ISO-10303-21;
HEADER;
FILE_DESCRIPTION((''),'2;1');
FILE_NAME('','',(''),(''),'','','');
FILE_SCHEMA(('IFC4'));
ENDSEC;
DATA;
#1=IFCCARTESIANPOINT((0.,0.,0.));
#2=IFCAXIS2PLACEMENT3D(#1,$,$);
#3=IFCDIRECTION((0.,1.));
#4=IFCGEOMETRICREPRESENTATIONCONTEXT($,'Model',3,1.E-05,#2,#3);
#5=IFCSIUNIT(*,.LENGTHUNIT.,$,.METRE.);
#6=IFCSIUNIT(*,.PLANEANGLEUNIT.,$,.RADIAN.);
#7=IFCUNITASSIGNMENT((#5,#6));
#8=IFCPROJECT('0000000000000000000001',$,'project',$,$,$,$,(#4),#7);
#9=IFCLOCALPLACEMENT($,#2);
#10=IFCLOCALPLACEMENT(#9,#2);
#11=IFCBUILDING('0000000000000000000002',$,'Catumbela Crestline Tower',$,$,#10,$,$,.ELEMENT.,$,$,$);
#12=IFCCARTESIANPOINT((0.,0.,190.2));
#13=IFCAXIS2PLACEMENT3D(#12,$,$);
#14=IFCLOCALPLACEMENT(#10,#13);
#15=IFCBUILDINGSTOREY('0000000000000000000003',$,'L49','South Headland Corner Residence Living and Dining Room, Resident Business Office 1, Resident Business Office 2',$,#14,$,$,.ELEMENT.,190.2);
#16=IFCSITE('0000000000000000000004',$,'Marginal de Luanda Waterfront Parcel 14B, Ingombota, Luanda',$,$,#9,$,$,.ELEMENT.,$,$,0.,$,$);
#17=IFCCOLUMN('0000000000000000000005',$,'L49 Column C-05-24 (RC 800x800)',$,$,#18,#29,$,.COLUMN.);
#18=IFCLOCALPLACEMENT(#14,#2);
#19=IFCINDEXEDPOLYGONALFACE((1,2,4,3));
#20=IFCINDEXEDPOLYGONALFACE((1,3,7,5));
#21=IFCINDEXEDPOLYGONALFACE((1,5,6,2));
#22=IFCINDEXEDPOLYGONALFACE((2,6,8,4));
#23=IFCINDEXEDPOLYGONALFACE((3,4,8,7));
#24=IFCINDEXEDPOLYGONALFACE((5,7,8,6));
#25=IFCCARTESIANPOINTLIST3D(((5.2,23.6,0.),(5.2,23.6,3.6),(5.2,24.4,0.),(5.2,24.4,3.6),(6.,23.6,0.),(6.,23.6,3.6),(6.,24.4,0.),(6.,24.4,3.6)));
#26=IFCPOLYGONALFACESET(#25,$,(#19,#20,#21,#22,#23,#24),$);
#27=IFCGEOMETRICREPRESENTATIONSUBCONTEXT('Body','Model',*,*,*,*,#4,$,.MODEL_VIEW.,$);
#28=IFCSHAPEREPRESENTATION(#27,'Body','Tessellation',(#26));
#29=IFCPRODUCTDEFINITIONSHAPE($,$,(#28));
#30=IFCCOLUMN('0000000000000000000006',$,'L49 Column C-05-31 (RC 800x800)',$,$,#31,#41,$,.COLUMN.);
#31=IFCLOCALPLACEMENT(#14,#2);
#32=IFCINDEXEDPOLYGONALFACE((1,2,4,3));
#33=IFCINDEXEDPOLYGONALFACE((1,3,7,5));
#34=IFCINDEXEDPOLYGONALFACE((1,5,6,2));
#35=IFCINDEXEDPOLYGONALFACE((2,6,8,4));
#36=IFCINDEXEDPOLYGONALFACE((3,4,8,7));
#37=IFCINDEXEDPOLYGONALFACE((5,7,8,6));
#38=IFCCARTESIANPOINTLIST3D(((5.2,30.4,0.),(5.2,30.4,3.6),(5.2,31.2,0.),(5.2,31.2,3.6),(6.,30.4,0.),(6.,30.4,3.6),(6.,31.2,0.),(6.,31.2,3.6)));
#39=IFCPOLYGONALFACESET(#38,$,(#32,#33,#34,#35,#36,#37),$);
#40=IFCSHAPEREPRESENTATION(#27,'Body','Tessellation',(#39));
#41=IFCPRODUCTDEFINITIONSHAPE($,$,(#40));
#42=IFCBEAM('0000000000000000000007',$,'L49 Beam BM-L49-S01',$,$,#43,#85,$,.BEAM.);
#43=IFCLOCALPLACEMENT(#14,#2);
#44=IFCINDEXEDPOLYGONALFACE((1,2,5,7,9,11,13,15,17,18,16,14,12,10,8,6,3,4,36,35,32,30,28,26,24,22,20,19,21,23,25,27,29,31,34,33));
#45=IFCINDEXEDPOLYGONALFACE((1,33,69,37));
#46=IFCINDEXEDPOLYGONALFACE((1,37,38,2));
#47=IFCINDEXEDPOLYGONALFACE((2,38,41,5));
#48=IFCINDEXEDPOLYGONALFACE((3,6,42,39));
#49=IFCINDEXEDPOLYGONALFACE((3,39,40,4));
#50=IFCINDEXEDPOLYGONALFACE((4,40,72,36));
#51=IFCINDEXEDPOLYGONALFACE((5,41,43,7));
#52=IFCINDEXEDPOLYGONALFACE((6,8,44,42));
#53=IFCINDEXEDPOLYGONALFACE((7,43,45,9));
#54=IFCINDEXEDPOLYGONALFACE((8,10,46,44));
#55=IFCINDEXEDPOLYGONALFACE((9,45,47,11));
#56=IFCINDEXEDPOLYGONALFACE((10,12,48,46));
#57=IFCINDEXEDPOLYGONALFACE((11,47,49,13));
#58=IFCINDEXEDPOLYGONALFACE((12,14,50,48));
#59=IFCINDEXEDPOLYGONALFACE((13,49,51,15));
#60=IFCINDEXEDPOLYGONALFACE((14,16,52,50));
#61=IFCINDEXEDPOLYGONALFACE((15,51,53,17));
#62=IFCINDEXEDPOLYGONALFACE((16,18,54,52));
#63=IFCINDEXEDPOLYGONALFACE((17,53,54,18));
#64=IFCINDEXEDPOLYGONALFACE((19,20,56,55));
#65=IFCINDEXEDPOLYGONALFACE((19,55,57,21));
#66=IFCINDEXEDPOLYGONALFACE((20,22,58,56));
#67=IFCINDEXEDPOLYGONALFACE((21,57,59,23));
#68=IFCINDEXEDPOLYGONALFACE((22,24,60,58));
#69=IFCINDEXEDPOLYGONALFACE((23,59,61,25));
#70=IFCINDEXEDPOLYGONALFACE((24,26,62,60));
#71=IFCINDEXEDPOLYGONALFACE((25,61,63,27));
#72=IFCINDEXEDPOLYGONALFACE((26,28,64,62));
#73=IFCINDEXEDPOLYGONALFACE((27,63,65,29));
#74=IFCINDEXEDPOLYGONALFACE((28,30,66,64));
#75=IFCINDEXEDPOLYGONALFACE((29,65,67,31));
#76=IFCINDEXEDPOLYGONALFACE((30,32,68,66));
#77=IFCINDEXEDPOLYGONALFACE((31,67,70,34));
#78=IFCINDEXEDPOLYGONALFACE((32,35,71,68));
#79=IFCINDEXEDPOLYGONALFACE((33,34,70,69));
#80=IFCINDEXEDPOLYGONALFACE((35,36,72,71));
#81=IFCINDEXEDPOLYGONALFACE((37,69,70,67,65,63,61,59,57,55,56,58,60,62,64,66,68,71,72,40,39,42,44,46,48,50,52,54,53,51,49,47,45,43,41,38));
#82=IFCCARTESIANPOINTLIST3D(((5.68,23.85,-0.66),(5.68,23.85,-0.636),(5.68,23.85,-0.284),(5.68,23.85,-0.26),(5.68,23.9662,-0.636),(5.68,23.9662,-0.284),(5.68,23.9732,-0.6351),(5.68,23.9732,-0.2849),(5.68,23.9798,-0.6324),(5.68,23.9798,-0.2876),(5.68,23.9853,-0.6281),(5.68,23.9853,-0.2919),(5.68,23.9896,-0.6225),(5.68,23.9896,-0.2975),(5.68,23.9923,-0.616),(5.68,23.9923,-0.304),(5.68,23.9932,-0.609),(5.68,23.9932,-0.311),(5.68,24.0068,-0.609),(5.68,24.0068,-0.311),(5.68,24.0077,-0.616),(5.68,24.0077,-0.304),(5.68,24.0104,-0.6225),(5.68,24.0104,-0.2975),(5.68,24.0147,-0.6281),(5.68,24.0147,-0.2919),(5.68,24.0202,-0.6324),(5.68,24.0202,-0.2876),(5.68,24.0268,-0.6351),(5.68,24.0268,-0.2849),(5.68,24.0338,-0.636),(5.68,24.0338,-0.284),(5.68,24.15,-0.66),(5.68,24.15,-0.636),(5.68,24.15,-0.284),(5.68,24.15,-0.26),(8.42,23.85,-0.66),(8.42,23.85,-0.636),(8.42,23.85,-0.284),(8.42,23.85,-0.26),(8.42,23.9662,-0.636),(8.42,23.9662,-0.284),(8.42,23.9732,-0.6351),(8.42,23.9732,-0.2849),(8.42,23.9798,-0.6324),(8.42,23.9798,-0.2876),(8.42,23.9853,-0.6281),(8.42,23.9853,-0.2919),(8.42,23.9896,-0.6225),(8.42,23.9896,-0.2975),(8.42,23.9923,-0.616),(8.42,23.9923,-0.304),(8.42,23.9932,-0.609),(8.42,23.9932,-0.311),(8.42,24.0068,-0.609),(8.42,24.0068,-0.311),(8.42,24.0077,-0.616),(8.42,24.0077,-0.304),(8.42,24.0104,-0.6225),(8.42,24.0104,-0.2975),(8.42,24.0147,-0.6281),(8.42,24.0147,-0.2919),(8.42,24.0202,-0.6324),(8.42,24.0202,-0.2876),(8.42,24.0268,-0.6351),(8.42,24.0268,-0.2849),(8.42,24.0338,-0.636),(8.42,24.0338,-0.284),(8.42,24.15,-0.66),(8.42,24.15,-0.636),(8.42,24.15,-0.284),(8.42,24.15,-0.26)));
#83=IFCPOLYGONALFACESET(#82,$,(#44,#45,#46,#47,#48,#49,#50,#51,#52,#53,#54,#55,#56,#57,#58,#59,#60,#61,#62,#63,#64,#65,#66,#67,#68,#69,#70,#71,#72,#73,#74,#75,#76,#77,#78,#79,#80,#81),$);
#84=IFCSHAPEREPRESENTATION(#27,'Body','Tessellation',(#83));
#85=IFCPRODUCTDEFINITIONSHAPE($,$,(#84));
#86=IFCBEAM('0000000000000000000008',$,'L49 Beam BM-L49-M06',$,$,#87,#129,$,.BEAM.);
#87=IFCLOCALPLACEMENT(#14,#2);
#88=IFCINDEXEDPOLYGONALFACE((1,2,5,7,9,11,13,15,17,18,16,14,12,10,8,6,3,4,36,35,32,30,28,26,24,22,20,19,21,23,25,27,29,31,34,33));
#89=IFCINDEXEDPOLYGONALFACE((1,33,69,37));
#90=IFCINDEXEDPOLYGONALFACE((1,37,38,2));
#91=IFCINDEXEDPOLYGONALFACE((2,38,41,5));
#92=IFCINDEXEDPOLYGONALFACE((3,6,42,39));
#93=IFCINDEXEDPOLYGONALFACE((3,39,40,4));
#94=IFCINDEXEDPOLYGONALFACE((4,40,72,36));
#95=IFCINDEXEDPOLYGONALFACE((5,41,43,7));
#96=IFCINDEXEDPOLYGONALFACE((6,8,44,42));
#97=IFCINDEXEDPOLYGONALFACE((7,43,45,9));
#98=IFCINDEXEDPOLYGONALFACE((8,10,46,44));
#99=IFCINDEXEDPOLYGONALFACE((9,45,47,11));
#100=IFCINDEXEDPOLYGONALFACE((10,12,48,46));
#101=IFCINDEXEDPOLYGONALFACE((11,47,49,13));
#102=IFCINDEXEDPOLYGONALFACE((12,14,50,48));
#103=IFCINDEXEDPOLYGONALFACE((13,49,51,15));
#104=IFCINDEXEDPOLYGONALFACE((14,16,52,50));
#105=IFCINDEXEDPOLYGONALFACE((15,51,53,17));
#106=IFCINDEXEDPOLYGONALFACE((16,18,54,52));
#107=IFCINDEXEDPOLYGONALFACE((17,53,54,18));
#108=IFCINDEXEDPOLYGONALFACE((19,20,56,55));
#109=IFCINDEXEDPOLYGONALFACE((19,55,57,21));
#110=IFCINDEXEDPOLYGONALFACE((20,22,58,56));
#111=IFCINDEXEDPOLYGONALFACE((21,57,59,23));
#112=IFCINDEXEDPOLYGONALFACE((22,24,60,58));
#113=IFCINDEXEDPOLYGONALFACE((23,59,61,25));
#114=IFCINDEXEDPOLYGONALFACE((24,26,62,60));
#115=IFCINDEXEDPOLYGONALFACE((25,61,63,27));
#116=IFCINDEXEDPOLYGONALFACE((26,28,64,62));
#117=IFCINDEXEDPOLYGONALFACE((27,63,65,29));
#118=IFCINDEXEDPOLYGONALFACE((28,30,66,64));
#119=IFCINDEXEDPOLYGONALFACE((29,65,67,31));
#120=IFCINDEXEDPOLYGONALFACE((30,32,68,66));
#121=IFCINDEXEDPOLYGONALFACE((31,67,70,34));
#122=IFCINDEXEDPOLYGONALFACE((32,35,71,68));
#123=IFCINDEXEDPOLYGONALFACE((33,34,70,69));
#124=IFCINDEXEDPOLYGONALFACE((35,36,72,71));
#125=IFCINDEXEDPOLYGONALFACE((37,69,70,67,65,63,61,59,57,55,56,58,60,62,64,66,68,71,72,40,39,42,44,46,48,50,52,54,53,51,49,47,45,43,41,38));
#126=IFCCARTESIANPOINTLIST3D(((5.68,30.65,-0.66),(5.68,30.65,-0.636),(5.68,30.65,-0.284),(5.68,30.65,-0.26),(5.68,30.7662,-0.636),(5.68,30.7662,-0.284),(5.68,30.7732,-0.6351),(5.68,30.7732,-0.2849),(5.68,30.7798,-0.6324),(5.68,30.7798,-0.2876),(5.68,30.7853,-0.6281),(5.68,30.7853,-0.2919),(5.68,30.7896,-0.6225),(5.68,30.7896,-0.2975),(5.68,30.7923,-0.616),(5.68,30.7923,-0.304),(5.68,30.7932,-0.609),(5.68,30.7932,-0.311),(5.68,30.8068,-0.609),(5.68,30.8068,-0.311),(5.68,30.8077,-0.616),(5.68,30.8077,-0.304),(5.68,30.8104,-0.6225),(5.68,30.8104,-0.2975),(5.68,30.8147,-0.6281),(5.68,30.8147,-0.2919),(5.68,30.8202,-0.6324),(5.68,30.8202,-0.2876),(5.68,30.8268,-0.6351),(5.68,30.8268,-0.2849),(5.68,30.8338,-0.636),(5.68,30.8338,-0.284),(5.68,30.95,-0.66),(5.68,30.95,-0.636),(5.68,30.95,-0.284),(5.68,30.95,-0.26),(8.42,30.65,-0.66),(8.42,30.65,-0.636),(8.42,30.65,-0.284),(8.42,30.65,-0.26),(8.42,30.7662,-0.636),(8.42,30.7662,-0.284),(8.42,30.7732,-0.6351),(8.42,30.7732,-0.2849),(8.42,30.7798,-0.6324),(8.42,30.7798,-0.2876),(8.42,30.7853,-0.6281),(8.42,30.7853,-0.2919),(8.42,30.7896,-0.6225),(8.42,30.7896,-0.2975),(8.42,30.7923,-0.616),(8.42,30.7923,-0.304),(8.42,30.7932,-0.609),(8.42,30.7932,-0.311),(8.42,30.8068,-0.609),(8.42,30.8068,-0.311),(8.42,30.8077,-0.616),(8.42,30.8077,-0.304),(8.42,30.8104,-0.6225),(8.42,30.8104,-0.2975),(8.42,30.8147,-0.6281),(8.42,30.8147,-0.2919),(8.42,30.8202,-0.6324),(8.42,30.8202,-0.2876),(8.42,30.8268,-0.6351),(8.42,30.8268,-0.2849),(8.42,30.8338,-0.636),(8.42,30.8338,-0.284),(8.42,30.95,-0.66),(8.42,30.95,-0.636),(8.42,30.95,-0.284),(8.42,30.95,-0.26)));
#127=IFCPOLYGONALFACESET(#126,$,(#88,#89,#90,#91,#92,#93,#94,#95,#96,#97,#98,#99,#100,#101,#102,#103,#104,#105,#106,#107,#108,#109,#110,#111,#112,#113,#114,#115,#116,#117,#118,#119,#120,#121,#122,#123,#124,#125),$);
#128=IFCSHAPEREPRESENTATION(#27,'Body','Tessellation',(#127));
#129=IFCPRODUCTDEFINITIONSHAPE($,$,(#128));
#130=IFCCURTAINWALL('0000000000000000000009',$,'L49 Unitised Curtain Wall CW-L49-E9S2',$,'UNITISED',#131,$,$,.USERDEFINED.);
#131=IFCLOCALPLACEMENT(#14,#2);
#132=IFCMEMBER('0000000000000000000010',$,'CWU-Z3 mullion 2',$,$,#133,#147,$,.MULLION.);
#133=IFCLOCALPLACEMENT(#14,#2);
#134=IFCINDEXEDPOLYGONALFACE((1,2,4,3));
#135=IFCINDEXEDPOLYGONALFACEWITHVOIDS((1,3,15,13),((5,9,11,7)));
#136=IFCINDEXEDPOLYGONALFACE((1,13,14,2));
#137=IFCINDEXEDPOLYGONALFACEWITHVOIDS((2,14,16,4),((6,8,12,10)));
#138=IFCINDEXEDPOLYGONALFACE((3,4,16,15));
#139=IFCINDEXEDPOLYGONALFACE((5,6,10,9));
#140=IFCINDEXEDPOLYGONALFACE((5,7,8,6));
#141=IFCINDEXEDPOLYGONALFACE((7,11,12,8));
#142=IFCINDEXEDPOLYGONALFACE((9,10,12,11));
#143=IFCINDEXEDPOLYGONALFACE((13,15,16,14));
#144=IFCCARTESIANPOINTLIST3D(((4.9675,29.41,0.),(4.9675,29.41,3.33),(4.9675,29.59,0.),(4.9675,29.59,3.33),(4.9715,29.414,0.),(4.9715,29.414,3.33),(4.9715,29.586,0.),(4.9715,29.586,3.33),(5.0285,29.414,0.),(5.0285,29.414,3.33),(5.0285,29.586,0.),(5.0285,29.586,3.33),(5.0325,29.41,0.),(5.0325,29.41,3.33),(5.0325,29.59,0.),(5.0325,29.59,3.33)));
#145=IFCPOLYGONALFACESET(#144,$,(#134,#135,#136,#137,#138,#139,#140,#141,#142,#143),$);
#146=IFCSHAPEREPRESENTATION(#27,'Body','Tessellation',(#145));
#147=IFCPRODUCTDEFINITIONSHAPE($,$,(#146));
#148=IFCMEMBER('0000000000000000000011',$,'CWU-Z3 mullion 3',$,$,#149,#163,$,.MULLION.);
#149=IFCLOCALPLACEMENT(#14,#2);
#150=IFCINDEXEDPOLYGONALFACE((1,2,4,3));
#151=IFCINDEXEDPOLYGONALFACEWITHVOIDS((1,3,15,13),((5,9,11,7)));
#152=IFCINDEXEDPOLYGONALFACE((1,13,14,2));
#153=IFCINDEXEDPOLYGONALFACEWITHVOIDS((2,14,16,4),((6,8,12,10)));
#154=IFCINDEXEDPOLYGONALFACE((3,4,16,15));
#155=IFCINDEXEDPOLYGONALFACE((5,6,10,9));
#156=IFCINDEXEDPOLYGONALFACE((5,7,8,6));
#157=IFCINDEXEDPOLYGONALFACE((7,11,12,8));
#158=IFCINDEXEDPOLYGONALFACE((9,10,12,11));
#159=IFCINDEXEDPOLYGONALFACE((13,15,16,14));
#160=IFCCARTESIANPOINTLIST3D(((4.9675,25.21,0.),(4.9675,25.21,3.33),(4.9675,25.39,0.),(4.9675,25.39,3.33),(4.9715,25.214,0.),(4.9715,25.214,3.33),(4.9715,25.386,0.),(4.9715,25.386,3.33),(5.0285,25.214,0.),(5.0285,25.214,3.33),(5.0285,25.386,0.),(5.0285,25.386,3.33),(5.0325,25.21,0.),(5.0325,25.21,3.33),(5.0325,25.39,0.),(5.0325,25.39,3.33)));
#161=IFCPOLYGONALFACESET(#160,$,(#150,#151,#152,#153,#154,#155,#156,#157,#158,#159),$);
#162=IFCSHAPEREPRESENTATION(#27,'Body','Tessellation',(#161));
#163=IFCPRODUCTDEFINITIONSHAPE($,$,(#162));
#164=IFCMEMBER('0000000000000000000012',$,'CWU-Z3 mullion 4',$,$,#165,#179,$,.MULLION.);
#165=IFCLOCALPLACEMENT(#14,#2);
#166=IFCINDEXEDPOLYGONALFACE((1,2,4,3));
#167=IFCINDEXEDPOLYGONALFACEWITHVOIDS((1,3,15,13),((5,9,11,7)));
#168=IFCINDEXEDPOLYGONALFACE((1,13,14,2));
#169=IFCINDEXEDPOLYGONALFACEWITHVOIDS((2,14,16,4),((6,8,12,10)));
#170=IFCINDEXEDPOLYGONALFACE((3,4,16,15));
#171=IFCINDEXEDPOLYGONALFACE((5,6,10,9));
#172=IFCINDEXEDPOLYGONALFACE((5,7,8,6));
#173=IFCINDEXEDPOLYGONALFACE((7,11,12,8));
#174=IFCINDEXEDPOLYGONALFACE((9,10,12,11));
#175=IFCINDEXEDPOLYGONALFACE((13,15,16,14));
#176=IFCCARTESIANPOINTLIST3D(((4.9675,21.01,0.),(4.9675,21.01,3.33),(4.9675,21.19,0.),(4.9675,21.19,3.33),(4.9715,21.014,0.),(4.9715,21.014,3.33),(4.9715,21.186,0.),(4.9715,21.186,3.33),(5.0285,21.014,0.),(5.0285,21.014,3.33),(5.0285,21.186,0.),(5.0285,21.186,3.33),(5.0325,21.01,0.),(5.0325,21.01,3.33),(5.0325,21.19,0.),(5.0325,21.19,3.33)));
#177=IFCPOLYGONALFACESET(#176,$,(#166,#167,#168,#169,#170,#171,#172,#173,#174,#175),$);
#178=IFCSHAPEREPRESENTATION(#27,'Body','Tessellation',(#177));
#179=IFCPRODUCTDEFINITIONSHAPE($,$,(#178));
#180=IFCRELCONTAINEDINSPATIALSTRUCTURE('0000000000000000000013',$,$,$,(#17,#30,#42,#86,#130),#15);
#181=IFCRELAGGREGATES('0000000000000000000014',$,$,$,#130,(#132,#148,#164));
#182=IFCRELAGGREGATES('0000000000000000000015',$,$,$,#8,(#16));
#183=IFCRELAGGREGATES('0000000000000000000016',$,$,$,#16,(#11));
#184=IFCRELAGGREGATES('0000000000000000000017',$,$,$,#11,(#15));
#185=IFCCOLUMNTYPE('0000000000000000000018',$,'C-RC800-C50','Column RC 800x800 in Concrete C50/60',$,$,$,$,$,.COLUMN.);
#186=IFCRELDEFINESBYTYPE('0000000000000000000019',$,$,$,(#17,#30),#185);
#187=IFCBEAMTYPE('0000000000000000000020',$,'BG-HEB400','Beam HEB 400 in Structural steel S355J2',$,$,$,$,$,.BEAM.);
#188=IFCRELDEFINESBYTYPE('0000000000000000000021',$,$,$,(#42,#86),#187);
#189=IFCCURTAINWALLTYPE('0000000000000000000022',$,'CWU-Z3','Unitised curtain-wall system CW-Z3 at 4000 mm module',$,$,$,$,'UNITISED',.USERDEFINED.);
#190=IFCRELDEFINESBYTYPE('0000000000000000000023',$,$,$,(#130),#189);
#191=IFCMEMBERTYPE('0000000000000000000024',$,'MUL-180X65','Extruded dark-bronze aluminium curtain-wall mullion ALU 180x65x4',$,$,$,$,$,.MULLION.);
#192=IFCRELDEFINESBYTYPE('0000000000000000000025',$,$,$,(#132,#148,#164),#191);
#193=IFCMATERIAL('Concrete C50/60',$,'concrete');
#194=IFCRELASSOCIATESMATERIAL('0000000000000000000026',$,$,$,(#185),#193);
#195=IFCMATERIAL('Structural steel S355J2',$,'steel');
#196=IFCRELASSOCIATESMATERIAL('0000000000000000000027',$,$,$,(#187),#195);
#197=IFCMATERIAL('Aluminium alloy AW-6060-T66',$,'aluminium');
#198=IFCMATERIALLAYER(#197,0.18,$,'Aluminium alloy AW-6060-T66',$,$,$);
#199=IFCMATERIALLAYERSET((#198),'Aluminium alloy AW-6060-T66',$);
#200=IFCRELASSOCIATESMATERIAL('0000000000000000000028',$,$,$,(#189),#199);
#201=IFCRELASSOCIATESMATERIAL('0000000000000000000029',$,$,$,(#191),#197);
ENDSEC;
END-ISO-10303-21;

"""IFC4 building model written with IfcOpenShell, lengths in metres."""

from ifc_helpers import new_model, si_unit, direction, frame, origin, origin_2d, place, context, subcontext, project, spatial, rectangle, hollow_rectangle, i_section, extrude, material, layer, layer_set, material_profile, profile_set, type_object, element, aggregate, save


model = new_model("IFC4")

# Units and contexts
model_context = context("Model", 3, precision=1e-05, world=origin(), true_north=direction((0.0, 1.0)))
body_context = subcontext(model_context, "Body", "Model", "MODEL_VIEW")
ifc_project = project(units=[si_unit("LENGTHUNIT", "METRE"), si_unit("PLANEANGLEUNIT", "RADIAN")], contexts=[model_context])

# Site, building, storey
site_placement = place(None, origin())
site = spatial("IfcSite", under=ifc_project, at=site_placement, Name="Marginal de Luanda Waterfront Parcel 14B, Ingombota, Luanda", CompositionType="ELEMENT", RefElevation=0.0)
building_placement = place(site_placement, origin())
building = spatial("IfcBuilding", under=site, at=building_placement, Name="Catumbela Crestline Tower", CompositionType="ELEMENT")
storey_placement = place(building_placement, frame((0.0, 0.0, 190.2)))
storey = spatial("IfcBuildingStorey", under=building, at=storey_placement, Name="L49", Description="South Headland Corner Residence Living and Dining Room, Resident Business Office 1, Resident Business Office 2", CompositionType="ELEMENT", Elevation=190.2)

# Columns
ifc_material_1 = material(Name="Concrete C50/60", Category="concrete")
ifc_material_profile_1 = material_profile(ifc_material_1, rectangle(XDim=0.8, YDim=0.8, at=origin_2d()), Name="RC 800x800")
ifc_profile_set_1 = profile_set([ifc_material_profile_1], Name="Concrete C50/60")
column_type = type_object("IfcColumnType", Name="C-RC800-C50", Description="Column RC 800x800 in Concrete C50/60", PredefinedType="COLUMN", material=ifc_profile_set_1)
for number, where, z_axis, x_axis, name in (
    (1, (5.6, 24.0, 0.0), (0.0, 0.0, 1.0), (1.0, 0.0, 0.0), "L49 Column C-05-24 (RC 800x800)"),
    (2, (5.6, 30.8, 0.0), (0.0, 0.0, 1.0), (1.0, 0.0, 0.0), "L49 Column C-05-31 (RC 800x800)"),
):
    element("IfcColumn", number, at=place(storey_placement, frame(where, z_axis=z_axis, x_axis=x_axis)), inside=storey, type_object=column_type, Name=name, PredefinedType="COLUMN", context=body_context, shape_type="SweptSolid", body=[
        extrude(rectangle(XDim=0.8, YDim=0.8, at=origin_2d()), origin(), (0.0, 0.0, 1.0), 3.6),
    ])

# Beams
ifc_material_2 = material(Name="Structural steel S355J2", Category="steel")
ifc_material_profile_2 = material_profile(ifc_material_2, i_section(OverallWidth=0.3, OverallDepth=0.4, WebThickness=0.0135, FlangeThickness=0.024, FilletRadius=0.027, at=origin_2d()), Name="HEB 400")
ifc_profile_set_2 = profile_set([ifc_material_profile_2], Name="Structural steel S355J2")
beam_type_1 = type_object("IfcBeamType", Name="BG-HEB400", Description="Beam HEB 400 in Structural steel S355J2", PredefinedType="BEAM", material=ifc_profile_set_2)
for number, where, z_axis, x_axis, name in (
    (3, (5.68, 24.0, -0.46), (1.0, 0.0, 0.0), (0.0, 1.0, 0.0), "L49 Beam BM-L49-S01"),
    (4, (5.68, 30.8, -0.46), (1.0, 0.0, 0.0), (0.0, 1.0, 0.0), "L49 Beam BM-L49-M06"),
):
    element("IfcBeam", number, at=place(storey_placement, frame(where, z_axis=z_axis, x_axis=x_axis)), inside=storey, type_object=beam_type_1, Name=name, PredefinedType="BEAM", context=body_context, shape_type="SweptSolid", body=[
        extrude(i_section(OverallWidth=0.3, OverallDepth=0.4, WebThickness=0.0135, FlangeThickness=0.024, FilletRadius=0.027, at=origin_2d()), origin(), (0.0, 0.0, 1.0), 2.74),
    ])

# Curtain wall, members
ifc_material_3 = material(Name="Aluminium alloy AW-6060-T66", Category="aluminium")
ifc_layer_1 = layer(ifc_material_3, 0.18, Name="Aluminium alloy AW-6060-T66")
ifc_layer_set_1 = layer_set([ifc_layer_1], Name="Aluminium alloy AW-6060-T66")
curtain_wall_type = type_object("IfcCurtainWallType", Name="CWU-Z3", Description="Unitised curtain-wall system CW-Z3 at 4000 mm module", ElementType="UNITISED", PredefinedType="USERDEFINED", material=ifc_layer_set_1)
curtain_wall_placement = place(storey_placement, origin())
curtain_wall = element("IfcCurtainWall", 5, at=curtain_wall_placement, inside=storey, type_object=curtain_wall_type, Name="L49 Unitised Curtain Wall CW-L49-E9S2", ObjectType="UNITISED", PredefinedType="USERDEFINED")
ifc_material_profile_3 = material_profile(ifc_material_3, hollow_rectangle(XDim=0.065, YDim=0.18, WallThickness=0.004, at=origin_2d()), Name="ALU 180x65x4")
ifc_profile_set_3 = profile_set([ifc_material_profile_3], Name="Aluminium alloy AW-6060-T66")
member_type_1 = type_object("IfcMemberType", Name="MUL-180X65", Description="Extruded dark-bronze aluminium curtain-wall mullion ALU 180x65x4", PredefinedType="MULLION", material=ifc_profile_set_3)
member_1_placement = place(storey_placement, frame((5.0, 29.5, 0.0), z_axis=(0.0, 0.0, 1.0), x_axis=(1.0, 0.0, 0.0)))
member_1 = element("IfcMember", 6, at=member_1_placement, type_object=member_type_1, Name="CWU-Z3 mullion 2", PredefinedType="MULLION", context=body_context, shape_type="SweptSolid", body=[
    extrude(hollow_rectangle(XDim=0.065, YDim=0.18, WallThickness=0.004, at=origin_2d()), origin(), (0.0, 0.0, 1.0), 3.33),
])
member_2_placement = place(storey_placement, frame((5.0, 25.3, 0.0), z_axis=(0.0, 0.0, 1.0), x_axis=(1.0, 0.0, 0.0)))
member_2 = element("IfcMember", 7, at=member_2_placement, type_object=member_type_1, Name="CWU-Z3 mullion 3", PredefinedType="MULLION", context=body_context, shape_type="SweptSolid", body=[
    extrude(hollow_rectangle(XDim=0.065, YDim=0.18, WallThickness=0.004, at=origin_2d()), origin(), (0.0, 0.0, 1.0), 3.33),
])
member_3_placement = place(storey_placement, frame((5.0, 21.1, 0.0), z_axis=(0.0, 0.0, 1.0), x_axis=(1.0, 0.0, 0.0)))
member_3 = element("IfcMember", 8, at=member_3_placement, type_object=member_type_1, Name="CWU-Z3 mullion 4", PredefinedType="MULLION", context=body_context, shape_type="SweptSolid", body=[
    extrude(hollow_rectangle(XDim=0.065, YDim=0.18, WallThickness=0.004, at=origin_2d()), origin(), (0.0, 0.0, 1.0), 3.33),
])

aggregate(curtain_wall, [member_1, member_2, member_3])

save(model, "model.ifc")
